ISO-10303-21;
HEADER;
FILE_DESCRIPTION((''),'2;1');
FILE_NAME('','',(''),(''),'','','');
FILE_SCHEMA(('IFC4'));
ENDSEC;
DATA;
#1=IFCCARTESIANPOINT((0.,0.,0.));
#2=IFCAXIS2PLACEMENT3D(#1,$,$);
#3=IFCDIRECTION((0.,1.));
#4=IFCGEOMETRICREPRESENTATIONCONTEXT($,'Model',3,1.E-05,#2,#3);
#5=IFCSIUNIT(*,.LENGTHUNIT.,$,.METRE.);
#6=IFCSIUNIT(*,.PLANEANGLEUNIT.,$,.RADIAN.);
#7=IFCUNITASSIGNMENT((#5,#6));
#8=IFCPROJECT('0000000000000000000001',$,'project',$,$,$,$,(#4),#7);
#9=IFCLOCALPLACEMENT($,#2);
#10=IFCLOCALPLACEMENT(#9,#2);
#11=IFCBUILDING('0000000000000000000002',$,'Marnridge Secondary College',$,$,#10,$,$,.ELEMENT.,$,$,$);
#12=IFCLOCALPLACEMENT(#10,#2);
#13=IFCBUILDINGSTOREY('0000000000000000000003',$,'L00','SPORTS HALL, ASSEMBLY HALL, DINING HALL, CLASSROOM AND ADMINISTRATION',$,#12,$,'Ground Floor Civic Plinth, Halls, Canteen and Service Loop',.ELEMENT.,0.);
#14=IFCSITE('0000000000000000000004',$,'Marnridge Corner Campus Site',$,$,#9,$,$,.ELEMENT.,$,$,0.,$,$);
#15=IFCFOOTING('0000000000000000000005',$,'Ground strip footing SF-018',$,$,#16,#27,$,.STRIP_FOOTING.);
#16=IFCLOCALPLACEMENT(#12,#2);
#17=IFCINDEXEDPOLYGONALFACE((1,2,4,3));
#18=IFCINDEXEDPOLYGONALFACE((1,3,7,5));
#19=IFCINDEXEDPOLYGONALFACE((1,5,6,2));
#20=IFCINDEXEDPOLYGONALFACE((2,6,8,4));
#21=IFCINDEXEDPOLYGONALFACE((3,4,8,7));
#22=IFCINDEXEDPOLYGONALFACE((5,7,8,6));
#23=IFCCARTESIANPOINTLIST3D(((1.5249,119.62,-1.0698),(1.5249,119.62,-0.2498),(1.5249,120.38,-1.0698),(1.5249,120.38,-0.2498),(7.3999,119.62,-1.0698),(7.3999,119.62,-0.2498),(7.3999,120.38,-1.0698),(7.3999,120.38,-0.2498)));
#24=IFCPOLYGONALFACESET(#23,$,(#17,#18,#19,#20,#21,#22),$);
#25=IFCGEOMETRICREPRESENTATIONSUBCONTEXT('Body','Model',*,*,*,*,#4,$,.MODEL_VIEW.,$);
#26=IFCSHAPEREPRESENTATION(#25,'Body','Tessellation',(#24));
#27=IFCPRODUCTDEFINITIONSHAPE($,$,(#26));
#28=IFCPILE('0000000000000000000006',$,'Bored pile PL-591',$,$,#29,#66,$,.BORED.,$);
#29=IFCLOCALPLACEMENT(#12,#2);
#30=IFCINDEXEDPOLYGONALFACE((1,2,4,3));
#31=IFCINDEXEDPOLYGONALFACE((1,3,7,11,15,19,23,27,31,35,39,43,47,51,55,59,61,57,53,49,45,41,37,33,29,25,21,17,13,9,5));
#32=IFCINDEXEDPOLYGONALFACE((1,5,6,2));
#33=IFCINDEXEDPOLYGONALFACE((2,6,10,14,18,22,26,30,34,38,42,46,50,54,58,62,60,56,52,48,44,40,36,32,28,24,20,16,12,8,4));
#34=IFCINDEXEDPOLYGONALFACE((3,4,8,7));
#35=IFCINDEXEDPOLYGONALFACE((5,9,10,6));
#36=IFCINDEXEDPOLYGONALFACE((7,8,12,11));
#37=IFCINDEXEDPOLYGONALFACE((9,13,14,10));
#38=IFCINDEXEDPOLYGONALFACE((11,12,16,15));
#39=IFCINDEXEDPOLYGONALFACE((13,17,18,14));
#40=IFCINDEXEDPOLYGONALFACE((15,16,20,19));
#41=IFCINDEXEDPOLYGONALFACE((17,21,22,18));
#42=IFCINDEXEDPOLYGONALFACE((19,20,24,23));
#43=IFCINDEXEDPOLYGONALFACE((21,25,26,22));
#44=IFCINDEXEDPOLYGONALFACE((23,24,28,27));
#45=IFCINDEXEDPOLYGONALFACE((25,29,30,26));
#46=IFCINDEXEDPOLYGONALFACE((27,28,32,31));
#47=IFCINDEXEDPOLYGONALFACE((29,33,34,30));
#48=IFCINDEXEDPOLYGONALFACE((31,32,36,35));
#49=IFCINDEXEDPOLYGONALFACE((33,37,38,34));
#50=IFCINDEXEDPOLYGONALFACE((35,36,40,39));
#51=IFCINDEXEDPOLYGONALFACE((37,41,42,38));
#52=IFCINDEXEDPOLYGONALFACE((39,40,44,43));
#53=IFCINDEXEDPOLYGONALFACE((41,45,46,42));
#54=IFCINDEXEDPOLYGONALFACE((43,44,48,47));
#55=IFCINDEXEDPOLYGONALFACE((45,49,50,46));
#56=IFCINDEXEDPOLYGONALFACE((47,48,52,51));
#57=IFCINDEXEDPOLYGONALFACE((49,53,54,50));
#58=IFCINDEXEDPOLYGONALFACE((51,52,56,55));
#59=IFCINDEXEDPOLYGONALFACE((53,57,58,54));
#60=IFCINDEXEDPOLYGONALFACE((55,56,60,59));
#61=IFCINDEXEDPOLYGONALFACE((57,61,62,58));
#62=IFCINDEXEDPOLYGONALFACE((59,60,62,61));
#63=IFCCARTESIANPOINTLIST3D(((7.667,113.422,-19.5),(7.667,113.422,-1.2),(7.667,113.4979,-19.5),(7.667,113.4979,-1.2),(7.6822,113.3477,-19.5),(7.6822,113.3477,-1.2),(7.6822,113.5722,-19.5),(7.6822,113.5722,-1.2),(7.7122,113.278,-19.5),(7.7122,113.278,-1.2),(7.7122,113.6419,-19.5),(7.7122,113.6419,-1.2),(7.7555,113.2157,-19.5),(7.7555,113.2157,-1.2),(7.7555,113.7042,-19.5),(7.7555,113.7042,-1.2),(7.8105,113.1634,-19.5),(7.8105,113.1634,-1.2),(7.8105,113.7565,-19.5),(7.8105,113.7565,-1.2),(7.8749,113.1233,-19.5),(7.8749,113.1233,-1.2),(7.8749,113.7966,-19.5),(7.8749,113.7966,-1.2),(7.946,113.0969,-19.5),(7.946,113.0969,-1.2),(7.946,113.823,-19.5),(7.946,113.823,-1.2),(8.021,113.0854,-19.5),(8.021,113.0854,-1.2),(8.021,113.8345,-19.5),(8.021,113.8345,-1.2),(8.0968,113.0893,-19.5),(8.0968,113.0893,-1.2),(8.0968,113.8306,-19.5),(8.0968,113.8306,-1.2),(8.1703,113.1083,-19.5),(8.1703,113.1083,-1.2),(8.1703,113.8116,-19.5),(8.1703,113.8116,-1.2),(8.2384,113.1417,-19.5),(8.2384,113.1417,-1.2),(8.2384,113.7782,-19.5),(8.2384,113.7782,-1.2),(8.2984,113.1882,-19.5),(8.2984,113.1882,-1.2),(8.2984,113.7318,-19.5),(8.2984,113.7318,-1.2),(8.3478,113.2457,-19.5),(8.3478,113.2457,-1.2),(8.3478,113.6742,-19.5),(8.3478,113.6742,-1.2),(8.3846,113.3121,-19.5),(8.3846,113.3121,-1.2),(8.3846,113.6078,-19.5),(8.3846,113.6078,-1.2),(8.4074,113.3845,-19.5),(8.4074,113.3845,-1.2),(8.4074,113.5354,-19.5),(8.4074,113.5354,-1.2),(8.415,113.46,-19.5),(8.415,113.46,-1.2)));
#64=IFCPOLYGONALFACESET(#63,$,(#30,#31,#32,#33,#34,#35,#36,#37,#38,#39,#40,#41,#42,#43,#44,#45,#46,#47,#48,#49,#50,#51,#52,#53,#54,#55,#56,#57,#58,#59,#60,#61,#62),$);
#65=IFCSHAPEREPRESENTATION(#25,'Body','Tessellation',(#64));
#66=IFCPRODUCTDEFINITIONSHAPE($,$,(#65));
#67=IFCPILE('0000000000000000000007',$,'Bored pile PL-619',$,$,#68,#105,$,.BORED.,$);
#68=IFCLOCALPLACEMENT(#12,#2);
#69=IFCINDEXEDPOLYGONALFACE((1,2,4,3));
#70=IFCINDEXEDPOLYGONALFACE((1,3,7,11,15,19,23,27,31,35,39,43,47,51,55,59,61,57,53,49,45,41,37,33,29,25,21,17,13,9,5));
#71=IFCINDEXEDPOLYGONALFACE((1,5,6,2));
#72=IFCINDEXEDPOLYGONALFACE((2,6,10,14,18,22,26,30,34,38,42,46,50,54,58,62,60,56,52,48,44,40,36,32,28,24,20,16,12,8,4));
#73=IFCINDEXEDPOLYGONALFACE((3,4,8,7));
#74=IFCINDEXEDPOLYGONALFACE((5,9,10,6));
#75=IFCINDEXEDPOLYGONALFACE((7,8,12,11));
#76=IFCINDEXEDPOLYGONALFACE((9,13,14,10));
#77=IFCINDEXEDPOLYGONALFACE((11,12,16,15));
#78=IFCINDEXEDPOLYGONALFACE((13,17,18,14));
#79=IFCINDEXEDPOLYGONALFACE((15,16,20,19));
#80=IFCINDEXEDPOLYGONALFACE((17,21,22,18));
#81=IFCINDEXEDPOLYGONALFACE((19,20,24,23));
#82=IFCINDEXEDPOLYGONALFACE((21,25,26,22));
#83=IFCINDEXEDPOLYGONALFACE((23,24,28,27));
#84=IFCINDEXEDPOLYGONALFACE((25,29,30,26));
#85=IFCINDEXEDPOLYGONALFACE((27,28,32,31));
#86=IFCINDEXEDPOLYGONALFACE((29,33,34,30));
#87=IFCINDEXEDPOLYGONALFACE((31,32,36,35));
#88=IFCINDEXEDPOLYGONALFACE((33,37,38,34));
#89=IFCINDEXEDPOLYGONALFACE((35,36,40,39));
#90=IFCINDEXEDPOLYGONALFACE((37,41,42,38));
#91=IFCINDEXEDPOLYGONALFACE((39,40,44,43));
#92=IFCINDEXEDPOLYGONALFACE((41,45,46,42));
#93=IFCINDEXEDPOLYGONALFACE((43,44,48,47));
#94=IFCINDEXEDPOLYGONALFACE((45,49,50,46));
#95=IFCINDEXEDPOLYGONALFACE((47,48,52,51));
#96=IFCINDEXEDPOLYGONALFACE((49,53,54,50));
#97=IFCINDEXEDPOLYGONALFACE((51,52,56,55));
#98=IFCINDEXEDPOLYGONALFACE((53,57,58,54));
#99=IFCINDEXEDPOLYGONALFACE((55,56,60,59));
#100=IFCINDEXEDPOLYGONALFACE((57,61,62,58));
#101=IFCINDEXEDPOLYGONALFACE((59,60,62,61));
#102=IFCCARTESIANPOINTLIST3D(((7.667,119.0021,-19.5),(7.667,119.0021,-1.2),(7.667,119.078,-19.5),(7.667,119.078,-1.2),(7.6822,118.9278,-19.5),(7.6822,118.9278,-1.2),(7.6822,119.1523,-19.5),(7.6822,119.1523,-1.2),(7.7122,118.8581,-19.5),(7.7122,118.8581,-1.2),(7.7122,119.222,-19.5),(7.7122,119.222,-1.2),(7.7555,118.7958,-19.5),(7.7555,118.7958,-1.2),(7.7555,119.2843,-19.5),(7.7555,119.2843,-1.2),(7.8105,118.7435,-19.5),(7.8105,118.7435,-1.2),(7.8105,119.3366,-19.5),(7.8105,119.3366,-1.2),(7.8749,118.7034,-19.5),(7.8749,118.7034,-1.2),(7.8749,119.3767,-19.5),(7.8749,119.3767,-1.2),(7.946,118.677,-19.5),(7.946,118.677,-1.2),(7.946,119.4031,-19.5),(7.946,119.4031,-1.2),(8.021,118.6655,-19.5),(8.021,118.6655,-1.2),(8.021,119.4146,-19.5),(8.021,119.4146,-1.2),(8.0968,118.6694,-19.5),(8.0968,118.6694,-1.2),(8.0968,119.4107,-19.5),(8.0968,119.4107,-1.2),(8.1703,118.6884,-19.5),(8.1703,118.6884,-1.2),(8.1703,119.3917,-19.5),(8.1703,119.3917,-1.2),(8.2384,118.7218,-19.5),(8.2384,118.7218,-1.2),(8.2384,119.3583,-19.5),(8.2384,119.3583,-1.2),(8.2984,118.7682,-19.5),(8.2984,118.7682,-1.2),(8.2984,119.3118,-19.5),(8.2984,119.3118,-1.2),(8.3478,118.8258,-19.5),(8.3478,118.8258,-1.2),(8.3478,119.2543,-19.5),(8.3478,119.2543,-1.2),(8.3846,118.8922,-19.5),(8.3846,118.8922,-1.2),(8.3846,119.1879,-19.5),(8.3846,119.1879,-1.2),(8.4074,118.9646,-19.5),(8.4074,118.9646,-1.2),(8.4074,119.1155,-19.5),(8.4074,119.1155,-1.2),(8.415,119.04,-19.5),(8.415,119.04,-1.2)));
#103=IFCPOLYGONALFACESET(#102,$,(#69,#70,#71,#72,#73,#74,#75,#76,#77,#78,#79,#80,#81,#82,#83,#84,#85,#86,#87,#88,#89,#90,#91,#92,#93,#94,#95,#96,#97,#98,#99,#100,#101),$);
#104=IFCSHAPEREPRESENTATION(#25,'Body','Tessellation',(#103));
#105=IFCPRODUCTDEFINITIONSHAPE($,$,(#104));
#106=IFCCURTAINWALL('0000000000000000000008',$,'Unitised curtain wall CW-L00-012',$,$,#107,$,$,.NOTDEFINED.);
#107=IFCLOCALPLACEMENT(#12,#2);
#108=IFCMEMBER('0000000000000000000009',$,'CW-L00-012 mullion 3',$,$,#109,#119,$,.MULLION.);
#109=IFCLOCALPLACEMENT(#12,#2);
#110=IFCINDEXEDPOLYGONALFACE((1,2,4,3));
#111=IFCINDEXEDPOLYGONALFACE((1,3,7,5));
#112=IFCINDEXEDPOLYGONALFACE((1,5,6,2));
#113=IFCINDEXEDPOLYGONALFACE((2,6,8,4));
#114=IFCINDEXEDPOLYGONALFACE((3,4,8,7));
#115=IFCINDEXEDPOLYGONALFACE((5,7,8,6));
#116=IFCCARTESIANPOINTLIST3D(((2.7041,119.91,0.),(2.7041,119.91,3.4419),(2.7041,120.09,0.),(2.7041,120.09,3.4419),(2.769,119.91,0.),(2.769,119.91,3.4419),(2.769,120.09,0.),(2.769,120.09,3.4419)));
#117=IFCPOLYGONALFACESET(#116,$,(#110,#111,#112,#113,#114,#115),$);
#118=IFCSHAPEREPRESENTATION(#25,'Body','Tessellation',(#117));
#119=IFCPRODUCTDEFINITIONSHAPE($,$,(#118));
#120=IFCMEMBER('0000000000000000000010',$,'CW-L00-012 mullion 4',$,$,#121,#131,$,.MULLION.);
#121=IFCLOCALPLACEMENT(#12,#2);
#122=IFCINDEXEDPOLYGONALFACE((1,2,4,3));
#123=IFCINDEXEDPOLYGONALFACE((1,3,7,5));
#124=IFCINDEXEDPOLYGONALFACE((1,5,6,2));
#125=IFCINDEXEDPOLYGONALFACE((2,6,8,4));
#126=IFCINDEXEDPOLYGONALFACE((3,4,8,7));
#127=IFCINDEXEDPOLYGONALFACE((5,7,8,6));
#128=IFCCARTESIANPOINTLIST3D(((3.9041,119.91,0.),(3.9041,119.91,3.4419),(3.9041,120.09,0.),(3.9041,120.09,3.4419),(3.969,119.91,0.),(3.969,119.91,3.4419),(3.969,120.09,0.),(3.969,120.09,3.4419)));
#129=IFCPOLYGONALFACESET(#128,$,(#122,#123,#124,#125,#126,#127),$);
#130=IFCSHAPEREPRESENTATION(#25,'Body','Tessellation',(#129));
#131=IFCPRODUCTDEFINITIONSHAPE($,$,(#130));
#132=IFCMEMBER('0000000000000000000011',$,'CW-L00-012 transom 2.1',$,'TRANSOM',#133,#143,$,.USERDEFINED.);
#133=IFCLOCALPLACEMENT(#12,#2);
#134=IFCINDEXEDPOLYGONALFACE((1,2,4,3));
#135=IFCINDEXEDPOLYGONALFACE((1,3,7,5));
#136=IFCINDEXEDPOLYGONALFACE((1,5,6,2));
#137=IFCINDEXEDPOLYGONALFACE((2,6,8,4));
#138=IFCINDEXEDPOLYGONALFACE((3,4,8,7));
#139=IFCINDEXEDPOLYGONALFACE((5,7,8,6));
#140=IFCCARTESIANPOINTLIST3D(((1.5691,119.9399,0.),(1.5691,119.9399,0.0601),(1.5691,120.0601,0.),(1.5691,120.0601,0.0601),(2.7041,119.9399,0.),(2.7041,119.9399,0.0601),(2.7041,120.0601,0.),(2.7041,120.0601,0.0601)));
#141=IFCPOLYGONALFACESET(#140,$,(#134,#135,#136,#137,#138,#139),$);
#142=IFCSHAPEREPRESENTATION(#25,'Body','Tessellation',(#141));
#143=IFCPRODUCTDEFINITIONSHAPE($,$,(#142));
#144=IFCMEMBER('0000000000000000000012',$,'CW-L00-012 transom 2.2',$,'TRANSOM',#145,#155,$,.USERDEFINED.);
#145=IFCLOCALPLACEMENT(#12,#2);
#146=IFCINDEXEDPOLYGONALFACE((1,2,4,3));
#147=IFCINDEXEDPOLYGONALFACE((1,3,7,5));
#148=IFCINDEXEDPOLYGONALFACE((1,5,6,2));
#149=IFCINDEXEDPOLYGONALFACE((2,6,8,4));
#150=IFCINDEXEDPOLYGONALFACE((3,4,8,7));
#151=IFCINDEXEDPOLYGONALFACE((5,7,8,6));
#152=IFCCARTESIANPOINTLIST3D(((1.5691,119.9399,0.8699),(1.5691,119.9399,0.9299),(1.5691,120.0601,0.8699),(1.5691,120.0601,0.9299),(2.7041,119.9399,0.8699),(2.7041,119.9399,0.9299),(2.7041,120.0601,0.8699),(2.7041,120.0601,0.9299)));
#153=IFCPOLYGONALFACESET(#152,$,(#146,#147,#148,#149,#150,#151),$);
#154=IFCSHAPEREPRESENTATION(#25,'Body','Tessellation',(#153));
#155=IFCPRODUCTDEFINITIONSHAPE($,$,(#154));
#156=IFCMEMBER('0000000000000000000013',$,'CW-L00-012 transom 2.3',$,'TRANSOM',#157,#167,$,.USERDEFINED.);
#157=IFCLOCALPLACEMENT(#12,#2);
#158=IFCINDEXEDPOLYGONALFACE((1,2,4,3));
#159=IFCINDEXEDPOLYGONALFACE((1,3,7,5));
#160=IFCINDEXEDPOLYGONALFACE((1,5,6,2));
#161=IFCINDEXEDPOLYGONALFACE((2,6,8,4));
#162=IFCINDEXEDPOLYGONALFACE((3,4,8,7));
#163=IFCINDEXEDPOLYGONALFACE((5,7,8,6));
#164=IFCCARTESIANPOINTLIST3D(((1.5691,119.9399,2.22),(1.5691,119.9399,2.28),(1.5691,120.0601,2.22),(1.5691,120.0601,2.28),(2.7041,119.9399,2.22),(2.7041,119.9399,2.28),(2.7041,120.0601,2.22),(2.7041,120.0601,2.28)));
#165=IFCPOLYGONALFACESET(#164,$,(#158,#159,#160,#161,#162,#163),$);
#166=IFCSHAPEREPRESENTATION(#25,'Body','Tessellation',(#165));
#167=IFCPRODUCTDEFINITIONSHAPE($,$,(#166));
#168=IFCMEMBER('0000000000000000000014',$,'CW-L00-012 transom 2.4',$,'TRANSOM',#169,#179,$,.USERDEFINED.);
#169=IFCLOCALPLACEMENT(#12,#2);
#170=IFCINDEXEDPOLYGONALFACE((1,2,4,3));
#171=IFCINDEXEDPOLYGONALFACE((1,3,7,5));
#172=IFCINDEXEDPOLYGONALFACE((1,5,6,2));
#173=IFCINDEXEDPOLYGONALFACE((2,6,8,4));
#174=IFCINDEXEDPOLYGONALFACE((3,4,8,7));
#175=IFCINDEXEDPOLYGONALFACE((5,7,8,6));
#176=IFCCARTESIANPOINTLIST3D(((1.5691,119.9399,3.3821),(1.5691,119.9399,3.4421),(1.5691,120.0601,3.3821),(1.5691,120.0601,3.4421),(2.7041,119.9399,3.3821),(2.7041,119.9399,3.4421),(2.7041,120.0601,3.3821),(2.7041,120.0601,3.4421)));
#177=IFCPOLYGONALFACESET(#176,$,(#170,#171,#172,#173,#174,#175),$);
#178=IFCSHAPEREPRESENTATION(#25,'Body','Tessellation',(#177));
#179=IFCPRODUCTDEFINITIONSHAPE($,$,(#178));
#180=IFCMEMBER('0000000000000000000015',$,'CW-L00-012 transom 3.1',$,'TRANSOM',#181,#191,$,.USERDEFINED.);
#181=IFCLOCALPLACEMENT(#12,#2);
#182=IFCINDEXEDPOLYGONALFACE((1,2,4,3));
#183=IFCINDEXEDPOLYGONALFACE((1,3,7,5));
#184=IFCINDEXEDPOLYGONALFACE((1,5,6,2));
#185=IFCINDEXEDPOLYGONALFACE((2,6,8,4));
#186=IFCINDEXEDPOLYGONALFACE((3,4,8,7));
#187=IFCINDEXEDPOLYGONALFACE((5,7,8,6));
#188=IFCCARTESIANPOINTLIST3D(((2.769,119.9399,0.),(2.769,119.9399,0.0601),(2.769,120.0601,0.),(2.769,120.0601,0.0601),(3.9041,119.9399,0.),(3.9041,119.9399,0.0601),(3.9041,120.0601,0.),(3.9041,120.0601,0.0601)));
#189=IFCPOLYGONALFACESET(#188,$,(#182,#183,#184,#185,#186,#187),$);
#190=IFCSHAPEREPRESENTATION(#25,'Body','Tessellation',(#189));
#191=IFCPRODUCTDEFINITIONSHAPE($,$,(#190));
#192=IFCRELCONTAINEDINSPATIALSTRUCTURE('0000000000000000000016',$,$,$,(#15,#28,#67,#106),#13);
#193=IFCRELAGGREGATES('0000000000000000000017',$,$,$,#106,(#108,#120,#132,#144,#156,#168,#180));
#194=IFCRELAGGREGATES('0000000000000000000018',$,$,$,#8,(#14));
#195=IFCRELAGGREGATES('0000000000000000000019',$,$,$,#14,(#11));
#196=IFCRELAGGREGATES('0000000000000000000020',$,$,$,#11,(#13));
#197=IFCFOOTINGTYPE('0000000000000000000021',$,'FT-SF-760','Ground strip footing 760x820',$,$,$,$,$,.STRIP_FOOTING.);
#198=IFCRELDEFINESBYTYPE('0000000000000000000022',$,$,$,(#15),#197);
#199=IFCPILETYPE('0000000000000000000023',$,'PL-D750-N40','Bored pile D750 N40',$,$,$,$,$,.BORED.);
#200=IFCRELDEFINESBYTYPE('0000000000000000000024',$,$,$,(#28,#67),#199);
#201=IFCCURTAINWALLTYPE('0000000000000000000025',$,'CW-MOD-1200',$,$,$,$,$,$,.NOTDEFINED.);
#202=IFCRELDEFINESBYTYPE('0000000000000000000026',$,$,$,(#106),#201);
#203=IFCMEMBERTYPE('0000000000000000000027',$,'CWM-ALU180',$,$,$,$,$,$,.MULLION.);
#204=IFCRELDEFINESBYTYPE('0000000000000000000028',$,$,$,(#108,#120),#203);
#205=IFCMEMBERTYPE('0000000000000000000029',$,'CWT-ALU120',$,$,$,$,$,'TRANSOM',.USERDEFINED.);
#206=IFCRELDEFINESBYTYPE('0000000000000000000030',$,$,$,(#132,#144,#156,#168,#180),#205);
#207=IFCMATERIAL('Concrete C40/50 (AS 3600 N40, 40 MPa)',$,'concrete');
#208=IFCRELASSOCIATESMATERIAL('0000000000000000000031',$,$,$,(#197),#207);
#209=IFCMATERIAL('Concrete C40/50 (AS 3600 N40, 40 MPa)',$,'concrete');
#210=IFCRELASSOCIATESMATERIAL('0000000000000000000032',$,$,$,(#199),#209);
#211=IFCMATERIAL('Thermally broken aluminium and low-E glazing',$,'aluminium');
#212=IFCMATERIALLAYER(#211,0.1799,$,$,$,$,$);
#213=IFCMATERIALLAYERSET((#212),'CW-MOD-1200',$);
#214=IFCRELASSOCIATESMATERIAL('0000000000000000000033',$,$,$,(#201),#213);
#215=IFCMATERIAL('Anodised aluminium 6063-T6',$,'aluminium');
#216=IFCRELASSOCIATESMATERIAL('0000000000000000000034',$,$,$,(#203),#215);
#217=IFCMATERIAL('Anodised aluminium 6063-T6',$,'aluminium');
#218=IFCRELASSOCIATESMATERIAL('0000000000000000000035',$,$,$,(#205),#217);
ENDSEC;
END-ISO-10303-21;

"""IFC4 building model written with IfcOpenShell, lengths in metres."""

from ifc_helpers import new_model, si_unit, direction, frame, origin, origin_2d, place, context, subcontext, project, spatial, rectangle, circle, extrude, material, layer, layer_set, material_profile, profile_set, type_object, element, aggregate, save


model = new_model("IFC4")

# Units and contexts
model_context = context("Model", 3, precision=1e-05, world=origin(), true_north=direction((0.0, 1.0)))
body_context = subcontext(model_context, "Body", "Model", "MODEL_VIEW")
ifc_project = project(units=[si_unit("LENGTHUNIT", "METRE"), si_unit("PLANEANGLEUNIT", "RADIAN")], contexts=[model_context])

# Site, building, storey
site_placement = place(None, origin())
site = spatial("IfcSite", under=ifc_project, at=site_placement, Name="Marnridge Corner Campus Site", CompositionType="ELEMENT", RefElevation=0.0)
building_placement = place(site_placement, origin())
building = spatial("IfcBuilding", under=site, at=building_placement, Name="Marnridge Secondary College", CompositionType="ELEMENT")
storey_placement = place(building_placement, origin())
storey = spatial("IfcBuildingStorey", under=building, at=storey_placement, Name="L00", Description="SPORTS HALL, ASSEMBLY HALL, DINING HALL, CLASSROOM AND ADMINISTRATION", LongName="Ground Floor Civic Plinth, Halls, Canteen and Service Loop", CompositionType="ELEMENT", Elevation=0.0)

# Footing
ifc_material_1 = material(Name="Concrete C40/50 (AS 3600 N40, 40 MPa)", Category="concrete")
footing_type = type_object("IfcFootingType", Name="FT-SF-760", Description="Ground strip footing 760x820", PredefinedType="STRIP_FOOTING", material=ifc_material_1)
footing_placement = place(storey_placement, frame((4.4624, 120.0, -1.0698), z_axis=(0.0, 0.0, 1.0), x_axis=(1.0, 0.0, 0.0)))
element("IfcFooting", 1, at=footing_placement, inside=storey, type_object=footing_type, Name="Ground strip footing SF-018", PredefinedType="STRIP_FOOTING", context=body_context, shape_type="SweptSolid", body=[
    extrude(rectangle(XDim=5.875, YDim=0.76, at=origin_2d()), origin(), (0.0, 0.0, 1.0), 0.8201),
])

# Piles
ifc_material_2 = material(Name="Concrete C40/50 (AS 3600 N40, 40 MPa)", Category="concrete")
ifc_material_profile_1 = material_profile(ifc_material_2, circle(Radius=0.375, at=origin_2d()), Name="PILE D750")
ifc_profile_set_1 = profile_set([ifc_material_profile_1], Name="Concrete C40/50 (AS 3600 N40, 40 MPa)")
pile_type = type_object("IfcPileType", Name="PL-D750-N40", Description="Bored pile D750 N40", PredefinedType="BORED", material=ifc_profile_set_1)
for number, where, z_axis, x_axis, name in (
    (2, (8.04, 113.46, -1.2), (0.0, 0.0, -1.0), (1.0, 0.0, 0.0), "Bored pile PL-591"),
    (3, (8.04, 119.04, -1.2), (0.0, 0.0, -1.0), (1.0, 0.0, 0.0), "Bored pile PL-619"),
):
    element("IfcPile", number, at=place(storey_placement, frame(where, z_axis=z_axis, x_axis=x_axis)), inside=storey, type_object=pile_type, Name=name, PredefinedType="BORED", context=body_context, shape_type="SweptSolid", body=[
        extrude(circle(Radius=0.375, at=origin_2d()), origin(), (0.0, 0.0, 1.0), 18.3),
    ])

# Curtain wall, members
ifc_material_3 = material(Name="Thermally broken aluminium and low-E glazing", Category="aluminium")
ifc_layer_1 = layer(ifc_material_3, 0.1799)
ifc_layer_set_1 = layer_set([ifc_layer_1], Name="CW-MOD-1200")
curtain_wall_type = type_object("IfcCurtainWallType", Name="CW-MOD-1200", PredefinedType="NOTDEFINED", material=ifc_layer_set_1)
curtain_wall_placement = place(storey_placement, origin())
curtain_wall = element("IfcCurtainWall", 4, at=curtain_wall_placement, inside=storey, type_object=curtain_wall_type, Name="Unitised curtain wall CW-L00-012", PredefinedType="NOTDEFINED")
ifc_material_4 = material(Name="Anodised aluminium 6063-T6", Category="aluminium")
ifc_material_profile_2 = material_profile(ifc_material_4, rectangle(XDim=0.0649, YDim=0.1799, at=origin_2d()), Name="ALU 65x180")
ifc_profile_set_2 = profile_set([ifc_material_profile_2], Name="Anodised aluminium 6063-T6")
member_type_1 = type_object("IfcMemberType", Name="CWM-ALU180", PredefinedType="MULLION", material=ifc_profile_set_2)
member_1_placement = place(storey_placement, frame((2.7366, 120.0, 0.0), z_axis=(0.0, 0.0, 1.0), x_axis=(1.0, 0.0, 0.0)))
member_1 = element("IfcMember", 5, at=member_1_placement, type_object=member_type_1, Name="CW-L00-012 mullion 3", PredefinedType="MULLION", context=body_context, shape_type="SweptSolid", body=[
    extrude(rectangle(XDim=0.0649, YDim=0.1799, at=origin_2d()), origin(), (0.0, 0.0, 1.0), 3.4419),
])
member_2_placement = place(storey_placement, frame((3.9365, 120.0, 0.0), z_axis=(0.0, 0.0, 1.0), x_axis=(1.0, 0.0, 0.0)))
member_2 = element("IfcMember", 6, at=member_2_placement, type_object=member_type_1, Name="CW-L00-012 mullion 4", PredefinedType="MULLION", context=body_context, shape_type="SweptSolid", body=[
    extrude(rectangle(XDim=0.0649, YDim=0.1799, at=origin_2d()), origin(), (0.0, 0.0, 1.0), 3.4419),
])
ifc_material_5 = material(Name="Anodised aluminium 6063-T6", Category="aluminium")
ifc_material_profile_3 = material_profile(ifc_material_5, rectangle(XDim=0.0601, YDim=0.1201, at=origin_2d()), Name="ALU 60x120")
ifc_profile_set_3 = profile_set([ifc_material_profile_3], Name="Anodised aluminium 6063-T6")
member_type_2 = type_object("IfcMemberType", Name="CWT-ALU120", ElementType="TRANSOM", PredefinedType="USERDEFINED", material=ifc_profile_set_3)
member_3_placement = place(storey_placement, frame((1.5691, 120.0, 0.03), z_axis=(1.0, 0.0, 0.0), x_axis=(0.0, 0.0, 1.0)))
member_3 = element("IfcMember", 7, at=member_3_placement, type_object=member_type_2, Name="CW-L00-012 transom 2.1", ObjectType="TRANSOM", PredefinedType="USERDEFINED", context=body_context, shape_type="SweptSolid", body=[
    extrude(rectangle(XDim=0.0601, YDim=0.1201, at=origin_2d()), origin(), (0.0, 0.0, 1.0), 1.135),
])
member_4_placement = place(storey_placement, frame((1.5691, 120.0, 0.8999), z_axis=(1.0, 0.0, 0.0), x_axis=(0.0, 0.0, 1.0)))
member_4 = element("IfcMember", 8, at=member_4_placement, type_object=member_type_2, Name="CW-L00-012 transom 2.2", ObjectType="TRANSOM", PredefinedType="USERDEFINED", context=body_context, shape_type="SweptSolid", body=[
    extrude(rectangle(XDim=0.0601, YDim=0.1201, at=origin_2d()), origin(), (0.0, 0.0, 1.0), 1.135),
])
member_5_placement = place(storey_placement, frame((1.5691, 120.0, 2.25), z_axis=(1.0, 0.0, 0.0), x_axis=(0.0, 0.0, 1.0)))
member_5 = element("IfcMember", 9, at=member_5_placement, type_object=member_type_2, Name="CW-L00-012 transom 2.3", ObjectType="TRANSOM", PredefinedType="USERDEFINED", context=body_context, shape_type="SweptSolid", body=[
    extrude(rectangle(XDim=0.0601, YDim=0.1201, at=origin_2d()), origin(), (0.0, 0.0, 1.0), 1.135),
])
member_6_placement = place(storey_placement, frame((1.5691, 120.0, 3.4121), z_axis=(1.0, 0.0, 0.0), x_axis=(0.0, 0.0, 1.0)))
member_6 = element("IfcMember", 10, at=member_6_placement, type_object=member_type_2, Name="CW-L00-012 transom 2.4", ObjectType="TRANSOM", PredefinedType="USERDEFINED", context=body_context, shape_type="SweptSolid", body=[
    extrude(rectangle(XDim=0.0601, YDim=0.1201, at=origin_2d()), origin(), (0.0, 0.0, 1.0), 1.135),
])
member_7_placement = place(storey_placement, frame((2.769, 120.0, 0.03), z_axis=(1.0, 0.0, 0.0), x_axis=(0.0, 0.0, 1.0)))
member_7 = element("IfcMember", 11, at=member_7_placement, type_object=member_type_2, Name="CW-L00-012 transom 3.1", ObjectType="TRANSOM", PredefinedType="USERDEFINED", context=body_context, shape_type="SweptSolid", body=[
    extrude(rectangle(XDim=0.0601, YDim=0.1201, at=origin_2d()), origin(), (0.0, 0.0, 1.0), 1.135),
])
aggregate(curtain_wall, [member_1, member_2, member_3, member_4, member_5, member_6, member_7])

save(model, "model.ifc")
